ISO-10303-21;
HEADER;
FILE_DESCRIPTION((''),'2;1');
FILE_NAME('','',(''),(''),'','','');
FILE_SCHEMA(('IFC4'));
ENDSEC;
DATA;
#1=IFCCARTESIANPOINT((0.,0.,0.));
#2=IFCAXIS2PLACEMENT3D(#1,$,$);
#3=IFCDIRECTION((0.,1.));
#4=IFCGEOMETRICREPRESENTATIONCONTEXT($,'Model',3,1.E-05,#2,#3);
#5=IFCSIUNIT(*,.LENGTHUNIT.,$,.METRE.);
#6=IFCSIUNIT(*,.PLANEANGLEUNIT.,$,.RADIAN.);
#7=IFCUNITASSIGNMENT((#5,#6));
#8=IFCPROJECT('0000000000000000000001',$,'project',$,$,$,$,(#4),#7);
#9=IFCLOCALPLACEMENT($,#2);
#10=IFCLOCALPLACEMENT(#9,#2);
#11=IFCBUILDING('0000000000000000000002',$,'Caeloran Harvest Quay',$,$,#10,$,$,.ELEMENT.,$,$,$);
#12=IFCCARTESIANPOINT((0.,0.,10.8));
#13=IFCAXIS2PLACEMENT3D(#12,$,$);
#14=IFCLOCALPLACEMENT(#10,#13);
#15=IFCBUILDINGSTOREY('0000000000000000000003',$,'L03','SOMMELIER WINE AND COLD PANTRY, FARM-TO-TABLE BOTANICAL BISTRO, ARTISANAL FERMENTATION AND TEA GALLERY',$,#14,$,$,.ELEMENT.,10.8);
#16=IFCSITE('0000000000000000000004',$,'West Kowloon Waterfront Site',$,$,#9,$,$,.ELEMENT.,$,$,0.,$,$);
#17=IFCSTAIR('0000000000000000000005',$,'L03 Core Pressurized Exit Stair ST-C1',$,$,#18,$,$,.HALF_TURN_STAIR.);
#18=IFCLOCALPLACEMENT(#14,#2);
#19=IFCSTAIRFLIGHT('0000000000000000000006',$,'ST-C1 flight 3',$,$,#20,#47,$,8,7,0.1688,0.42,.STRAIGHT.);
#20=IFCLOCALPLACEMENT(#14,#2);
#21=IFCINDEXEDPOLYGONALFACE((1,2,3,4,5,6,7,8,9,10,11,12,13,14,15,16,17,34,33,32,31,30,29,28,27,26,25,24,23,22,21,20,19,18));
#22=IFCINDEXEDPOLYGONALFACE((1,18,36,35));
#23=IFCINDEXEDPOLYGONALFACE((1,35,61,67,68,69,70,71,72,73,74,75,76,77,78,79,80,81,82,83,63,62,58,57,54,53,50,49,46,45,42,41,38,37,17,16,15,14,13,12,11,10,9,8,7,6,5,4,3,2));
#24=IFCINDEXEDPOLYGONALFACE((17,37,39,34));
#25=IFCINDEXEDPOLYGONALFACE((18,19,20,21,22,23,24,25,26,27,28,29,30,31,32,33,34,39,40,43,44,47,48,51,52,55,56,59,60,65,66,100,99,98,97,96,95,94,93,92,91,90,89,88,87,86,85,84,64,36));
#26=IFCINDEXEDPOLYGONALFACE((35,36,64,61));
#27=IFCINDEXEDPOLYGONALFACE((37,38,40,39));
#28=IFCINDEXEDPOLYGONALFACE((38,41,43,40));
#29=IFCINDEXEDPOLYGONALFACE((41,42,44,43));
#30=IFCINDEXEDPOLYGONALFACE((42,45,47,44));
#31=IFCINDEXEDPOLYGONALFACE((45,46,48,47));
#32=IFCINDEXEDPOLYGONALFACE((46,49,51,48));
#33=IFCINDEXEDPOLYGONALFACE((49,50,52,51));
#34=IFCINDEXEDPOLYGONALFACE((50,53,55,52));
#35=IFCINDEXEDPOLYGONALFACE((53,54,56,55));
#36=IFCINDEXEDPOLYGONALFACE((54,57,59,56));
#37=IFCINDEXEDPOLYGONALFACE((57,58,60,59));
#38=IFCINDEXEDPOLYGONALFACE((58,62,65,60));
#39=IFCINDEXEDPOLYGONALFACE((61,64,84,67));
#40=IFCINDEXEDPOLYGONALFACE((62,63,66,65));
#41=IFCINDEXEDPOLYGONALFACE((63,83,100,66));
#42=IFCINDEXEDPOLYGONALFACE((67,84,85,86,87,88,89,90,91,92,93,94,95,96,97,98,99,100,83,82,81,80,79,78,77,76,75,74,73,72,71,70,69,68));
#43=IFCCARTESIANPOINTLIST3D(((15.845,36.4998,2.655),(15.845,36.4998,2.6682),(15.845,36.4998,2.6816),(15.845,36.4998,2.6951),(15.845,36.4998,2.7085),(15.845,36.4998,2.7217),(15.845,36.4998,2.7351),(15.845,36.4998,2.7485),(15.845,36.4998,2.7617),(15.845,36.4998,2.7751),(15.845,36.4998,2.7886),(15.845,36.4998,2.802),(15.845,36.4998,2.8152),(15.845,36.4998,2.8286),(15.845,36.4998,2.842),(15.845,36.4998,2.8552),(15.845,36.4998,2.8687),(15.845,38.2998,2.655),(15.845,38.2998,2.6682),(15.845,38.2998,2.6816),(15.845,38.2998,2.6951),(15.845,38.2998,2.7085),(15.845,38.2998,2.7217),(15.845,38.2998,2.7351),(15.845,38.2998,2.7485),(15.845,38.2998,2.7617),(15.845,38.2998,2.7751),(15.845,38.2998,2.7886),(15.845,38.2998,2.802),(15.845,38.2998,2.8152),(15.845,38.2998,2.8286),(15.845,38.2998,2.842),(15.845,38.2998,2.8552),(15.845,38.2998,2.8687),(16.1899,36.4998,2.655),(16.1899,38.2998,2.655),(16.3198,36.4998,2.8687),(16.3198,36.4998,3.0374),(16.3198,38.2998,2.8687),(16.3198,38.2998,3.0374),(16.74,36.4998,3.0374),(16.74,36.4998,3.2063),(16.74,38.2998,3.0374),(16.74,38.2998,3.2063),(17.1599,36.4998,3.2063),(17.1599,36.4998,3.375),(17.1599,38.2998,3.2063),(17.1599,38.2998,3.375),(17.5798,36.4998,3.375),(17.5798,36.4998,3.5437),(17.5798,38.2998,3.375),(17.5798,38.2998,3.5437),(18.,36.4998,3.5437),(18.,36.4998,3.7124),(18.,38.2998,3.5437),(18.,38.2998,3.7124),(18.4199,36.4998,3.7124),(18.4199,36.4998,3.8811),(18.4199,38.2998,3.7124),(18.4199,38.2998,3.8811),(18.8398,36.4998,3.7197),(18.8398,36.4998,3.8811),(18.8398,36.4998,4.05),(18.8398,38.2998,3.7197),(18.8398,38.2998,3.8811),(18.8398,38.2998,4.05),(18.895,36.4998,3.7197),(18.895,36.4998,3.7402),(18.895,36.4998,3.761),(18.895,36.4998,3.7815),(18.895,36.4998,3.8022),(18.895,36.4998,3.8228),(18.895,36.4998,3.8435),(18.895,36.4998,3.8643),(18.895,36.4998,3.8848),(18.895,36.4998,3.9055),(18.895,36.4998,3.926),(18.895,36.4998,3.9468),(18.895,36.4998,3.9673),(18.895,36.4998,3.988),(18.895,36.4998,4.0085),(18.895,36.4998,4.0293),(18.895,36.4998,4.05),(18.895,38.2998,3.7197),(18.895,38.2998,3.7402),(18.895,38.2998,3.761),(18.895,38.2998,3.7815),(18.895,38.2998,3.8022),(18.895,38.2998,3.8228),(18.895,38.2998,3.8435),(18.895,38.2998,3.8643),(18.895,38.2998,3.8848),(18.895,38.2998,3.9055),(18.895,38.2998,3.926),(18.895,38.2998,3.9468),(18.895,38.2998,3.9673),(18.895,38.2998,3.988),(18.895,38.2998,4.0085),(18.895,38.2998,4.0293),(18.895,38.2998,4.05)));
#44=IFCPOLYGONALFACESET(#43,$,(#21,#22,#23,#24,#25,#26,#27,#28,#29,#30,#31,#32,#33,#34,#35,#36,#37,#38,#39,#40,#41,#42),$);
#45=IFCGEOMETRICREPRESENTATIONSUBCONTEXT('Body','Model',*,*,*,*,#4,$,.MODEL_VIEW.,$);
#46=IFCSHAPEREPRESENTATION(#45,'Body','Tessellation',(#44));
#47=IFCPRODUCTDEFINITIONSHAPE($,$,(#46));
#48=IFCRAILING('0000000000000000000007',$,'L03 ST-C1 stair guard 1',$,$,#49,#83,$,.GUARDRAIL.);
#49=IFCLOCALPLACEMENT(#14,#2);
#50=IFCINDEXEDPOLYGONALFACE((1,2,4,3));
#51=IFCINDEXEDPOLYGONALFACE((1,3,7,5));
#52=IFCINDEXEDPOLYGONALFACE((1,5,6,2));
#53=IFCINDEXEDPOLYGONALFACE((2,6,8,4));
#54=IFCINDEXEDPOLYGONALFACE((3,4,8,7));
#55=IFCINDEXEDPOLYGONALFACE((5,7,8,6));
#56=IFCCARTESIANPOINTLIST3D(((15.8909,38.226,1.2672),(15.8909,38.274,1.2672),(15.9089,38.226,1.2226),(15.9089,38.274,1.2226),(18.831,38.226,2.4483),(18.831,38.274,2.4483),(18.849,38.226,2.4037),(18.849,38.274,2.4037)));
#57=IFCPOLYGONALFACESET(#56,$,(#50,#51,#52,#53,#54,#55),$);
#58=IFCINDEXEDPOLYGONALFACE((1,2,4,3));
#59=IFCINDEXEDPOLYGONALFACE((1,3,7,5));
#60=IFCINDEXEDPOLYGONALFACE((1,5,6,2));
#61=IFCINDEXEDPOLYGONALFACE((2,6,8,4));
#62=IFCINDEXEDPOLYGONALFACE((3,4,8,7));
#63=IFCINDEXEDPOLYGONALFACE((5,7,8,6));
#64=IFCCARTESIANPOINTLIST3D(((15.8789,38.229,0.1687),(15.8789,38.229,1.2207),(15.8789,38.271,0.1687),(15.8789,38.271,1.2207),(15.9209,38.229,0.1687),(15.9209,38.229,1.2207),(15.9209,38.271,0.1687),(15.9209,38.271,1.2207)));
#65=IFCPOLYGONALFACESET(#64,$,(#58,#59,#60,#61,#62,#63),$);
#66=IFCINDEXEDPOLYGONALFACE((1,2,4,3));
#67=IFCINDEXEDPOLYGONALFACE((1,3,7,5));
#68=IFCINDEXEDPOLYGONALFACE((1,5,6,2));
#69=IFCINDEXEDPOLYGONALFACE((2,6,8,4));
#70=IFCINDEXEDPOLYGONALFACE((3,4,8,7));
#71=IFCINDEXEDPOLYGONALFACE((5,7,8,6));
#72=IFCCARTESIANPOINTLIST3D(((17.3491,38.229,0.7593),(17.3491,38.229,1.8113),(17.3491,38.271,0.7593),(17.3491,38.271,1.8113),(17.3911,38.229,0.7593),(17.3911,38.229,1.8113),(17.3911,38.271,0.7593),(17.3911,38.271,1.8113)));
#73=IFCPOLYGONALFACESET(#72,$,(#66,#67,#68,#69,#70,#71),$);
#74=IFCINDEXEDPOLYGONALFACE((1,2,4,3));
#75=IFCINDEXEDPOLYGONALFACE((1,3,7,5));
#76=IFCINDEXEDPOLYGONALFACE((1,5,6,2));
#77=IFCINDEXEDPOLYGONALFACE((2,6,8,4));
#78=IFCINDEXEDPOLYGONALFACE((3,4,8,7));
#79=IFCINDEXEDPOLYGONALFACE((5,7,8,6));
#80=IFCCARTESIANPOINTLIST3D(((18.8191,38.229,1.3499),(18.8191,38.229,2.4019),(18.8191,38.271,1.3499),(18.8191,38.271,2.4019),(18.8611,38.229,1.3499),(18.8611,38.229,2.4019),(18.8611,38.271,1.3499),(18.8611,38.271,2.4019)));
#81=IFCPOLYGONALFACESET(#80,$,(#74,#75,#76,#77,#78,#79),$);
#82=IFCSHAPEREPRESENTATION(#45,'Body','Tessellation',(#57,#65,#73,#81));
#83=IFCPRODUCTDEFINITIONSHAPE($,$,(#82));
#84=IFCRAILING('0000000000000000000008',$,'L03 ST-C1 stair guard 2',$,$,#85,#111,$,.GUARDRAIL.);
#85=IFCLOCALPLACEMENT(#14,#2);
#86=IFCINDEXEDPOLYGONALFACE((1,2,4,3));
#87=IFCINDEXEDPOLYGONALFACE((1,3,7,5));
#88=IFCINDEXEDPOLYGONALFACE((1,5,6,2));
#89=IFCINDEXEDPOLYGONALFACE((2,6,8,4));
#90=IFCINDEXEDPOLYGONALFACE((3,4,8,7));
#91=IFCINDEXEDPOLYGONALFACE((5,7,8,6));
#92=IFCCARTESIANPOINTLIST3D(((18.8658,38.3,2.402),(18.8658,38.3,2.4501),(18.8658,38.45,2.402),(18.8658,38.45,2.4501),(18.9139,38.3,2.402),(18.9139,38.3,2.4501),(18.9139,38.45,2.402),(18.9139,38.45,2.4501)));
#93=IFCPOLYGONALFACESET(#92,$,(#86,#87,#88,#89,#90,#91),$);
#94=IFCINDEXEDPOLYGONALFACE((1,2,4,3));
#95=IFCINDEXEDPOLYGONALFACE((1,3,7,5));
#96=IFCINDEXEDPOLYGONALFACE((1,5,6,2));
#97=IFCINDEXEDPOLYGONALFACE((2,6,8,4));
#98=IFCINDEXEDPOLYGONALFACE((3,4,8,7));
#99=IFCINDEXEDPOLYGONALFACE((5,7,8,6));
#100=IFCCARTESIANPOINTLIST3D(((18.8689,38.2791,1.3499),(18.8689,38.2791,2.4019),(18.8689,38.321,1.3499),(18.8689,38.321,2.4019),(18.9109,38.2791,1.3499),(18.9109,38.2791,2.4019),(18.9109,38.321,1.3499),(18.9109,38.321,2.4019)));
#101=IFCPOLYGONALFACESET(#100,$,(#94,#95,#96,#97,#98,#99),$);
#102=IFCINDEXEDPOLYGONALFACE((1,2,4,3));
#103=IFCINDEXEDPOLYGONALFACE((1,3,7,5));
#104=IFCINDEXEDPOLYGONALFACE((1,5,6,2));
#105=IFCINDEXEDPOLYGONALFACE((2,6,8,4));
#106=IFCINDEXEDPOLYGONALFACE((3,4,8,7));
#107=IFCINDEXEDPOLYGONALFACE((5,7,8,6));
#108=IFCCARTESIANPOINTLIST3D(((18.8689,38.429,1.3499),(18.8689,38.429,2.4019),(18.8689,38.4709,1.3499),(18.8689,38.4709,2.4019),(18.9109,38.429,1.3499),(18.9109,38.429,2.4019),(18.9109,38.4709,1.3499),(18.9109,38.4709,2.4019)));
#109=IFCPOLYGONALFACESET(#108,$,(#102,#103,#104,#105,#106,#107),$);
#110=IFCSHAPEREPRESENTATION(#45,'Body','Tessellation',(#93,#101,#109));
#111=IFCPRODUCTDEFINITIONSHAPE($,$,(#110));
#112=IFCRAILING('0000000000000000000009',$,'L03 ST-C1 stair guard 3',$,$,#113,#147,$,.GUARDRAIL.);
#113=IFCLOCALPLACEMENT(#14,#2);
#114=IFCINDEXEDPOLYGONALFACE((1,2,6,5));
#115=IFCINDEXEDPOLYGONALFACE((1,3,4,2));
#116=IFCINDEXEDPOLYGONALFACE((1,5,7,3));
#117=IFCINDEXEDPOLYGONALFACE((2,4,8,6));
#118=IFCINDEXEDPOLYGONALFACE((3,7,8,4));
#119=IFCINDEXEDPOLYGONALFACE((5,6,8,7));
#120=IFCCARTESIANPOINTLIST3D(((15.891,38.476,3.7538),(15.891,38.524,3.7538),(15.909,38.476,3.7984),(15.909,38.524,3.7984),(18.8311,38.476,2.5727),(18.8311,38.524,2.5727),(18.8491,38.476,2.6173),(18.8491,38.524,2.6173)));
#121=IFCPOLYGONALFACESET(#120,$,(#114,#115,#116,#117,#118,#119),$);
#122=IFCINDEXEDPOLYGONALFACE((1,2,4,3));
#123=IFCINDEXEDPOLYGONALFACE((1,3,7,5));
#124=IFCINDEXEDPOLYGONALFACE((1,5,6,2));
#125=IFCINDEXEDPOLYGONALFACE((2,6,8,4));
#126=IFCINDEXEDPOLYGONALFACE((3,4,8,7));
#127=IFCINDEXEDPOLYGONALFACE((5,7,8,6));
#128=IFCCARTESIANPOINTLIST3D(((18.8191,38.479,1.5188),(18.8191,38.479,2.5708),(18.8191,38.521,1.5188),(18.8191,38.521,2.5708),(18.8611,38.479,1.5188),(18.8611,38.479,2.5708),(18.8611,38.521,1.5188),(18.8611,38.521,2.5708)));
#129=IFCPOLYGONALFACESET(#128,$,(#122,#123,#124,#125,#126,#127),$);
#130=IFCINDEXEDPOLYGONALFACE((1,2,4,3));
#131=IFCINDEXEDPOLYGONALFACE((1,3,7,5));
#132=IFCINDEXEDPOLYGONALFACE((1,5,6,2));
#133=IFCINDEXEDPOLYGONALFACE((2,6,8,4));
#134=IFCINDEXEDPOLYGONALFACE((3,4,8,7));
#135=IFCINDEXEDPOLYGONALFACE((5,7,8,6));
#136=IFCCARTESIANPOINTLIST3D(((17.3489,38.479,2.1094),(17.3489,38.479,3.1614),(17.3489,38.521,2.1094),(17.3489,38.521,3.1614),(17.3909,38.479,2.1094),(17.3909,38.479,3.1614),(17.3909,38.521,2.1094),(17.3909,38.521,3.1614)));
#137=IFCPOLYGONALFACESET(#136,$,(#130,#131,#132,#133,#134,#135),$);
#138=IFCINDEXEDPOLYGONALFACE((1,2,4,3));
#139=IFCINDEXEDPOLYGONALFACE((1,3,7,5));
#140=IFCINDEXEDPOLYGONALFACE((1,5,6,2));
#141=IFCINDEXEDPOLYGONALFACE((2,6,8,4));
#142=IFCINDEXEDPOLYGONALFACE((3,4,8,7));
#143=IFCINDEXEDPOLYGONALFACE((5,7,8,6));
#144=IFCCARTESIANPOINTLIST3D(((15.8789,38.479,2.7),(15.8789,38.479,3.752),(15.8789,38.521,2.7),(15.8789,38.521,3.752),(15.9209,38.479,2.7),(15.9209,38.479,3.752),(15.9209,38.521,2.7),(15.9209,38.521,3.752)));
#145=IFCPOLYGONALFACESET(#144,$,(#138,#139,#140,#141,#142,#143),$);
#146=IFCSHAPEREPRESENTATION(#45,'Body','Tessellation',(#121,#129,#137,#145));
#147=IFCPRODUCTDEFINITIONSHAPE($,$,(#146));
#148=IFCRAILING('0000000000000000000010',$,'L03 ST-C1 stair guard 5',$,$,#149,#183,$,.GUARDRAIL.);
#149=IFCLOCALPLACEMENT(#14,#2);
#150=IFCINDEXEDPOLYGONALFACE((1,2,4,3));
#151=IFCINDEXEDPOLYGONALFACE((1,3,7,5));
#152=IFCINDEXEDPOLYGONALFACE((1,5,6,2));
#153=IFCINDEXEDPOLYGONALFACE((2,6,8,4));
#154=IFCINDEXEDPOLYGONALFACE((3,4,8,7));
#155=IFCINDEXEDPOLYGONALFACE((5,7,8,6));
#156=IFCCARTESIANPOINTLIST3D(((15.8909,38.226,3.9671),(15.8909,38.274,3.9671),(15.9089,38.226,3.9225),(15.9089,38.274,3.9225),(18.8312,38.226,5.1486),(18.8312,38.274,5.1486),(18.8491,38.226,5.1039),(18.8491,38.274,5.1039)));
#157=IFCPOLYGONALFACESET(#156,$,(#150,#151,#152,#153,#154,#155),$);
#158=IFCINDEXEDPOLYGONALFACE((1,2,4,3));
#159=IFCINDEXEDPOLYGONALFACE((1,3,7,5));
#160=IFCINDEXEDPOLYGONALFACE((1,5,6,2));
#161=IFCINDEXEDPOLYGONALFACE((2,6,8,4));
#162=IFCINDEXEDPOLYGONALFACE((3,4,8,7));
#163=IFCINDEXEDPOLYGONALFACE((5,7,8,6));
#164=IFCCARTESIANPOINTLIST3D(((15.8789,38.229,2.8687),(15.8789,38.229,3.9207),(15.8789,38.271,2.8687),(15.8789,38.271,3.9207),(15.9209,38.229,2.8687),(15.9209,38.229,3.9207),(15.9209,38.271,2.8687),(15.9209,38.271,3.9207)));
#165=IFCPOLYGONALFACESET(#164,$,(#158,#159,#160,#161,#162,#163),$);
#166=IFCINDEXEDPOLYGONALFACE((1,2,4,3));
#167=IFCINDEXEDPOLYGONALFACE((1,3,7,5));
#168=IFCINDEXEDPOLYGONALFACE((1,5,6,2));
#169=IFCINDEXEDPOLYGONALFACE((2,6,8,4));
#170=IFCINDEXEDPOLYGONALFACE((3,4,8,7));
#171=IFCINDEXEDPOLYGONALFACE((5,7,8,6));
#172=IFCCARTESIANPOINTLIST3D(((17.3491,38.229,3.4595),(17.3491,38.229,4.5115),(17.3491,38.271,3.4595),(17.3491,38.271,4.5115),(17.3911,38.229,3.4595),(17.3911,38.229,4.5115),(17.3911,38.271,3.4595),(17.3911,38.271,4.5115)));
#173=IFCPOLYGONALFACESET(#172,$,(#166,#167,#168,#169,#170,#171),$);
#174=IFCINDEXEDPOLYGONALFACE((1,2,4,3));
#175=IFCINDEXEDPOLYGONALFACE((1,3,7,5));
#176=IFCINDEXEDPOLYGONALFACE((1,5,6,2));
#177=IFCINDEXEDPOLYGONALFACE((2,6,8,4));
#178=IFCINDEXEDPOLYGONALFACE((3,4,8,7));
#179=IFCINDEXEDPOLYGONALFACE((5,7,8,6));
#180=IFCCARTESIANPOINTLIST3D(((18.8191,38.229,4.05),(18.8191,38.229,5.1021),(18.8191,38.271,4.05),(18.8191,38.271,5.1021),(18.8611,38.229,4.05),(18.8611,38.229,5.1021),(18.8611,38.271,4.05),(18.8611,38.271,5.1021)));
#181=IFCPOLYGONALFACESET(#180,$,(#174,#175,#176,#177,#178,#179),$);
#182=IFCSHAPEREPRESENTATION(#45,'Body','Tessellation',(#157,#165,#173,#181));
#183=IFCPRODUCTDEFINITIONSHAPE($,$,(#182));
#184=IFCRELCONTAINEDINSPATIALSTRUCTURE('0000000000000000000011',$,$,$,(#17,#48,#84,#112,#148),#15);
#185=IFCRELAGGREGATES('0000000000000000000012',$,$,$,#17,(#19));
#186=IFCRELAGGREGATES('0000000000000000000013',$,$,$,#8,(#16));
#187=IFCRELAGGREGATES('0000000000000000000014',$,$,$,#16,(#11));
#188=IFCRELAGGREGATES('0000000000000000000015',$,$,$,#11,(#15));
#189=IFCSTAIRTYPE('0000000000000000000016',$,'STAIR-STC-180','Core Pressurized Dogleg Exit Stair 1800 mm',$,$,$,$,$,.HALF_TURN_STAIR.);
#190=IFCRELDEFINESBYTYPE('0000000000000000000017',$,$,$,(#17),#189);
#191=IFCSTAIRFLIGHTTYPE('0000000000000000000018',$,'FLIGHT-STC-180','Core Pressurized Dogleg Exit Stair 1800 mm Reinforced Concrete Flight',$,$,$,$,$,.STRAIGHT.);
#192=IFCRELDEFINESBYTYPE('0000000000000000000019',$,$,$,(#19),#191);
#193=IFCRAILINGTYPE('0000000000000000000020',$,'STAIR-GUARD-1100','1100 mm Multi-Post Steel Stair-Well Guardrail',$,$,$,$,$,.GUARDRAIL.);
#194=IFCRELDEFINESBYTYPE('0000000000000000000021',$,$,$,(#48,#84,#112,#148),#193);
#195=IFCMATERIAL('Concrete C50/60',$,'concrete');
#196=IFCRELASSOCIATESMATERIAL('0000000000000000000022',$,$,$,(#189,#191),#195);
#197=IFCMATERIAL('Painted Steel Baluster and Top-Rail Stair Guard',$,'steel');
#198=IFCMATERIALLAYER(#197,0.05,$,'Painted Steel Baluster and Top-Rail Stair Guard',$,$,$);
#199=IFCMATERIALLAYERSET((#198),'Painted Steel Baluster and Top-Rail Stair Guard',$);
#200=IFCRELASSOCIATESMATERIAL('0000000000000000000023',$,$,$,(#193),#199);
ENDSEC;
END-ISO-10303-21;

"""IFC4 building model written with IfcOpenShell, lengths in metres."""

from ifc_helpers import new_model, si_unit, direction, frame, origin, origin_2d, place, context, subcontext, project, spatial, polyline, rectangle, outline, extrude, material, layer, layer_set, type_object, element, aggregate, save


model = new_model("IFC4")

# Units and contexts
model_context = context("Model", 3, precision=1e-05, world=origin(), true_north=direction((0.0, 1.0)))
body_context = subcontext(model_context, "Body", "Model", "MODEL_VIEW")
ifc_project = project(units=[si_unit("LENGTHUNIT", "METRE"), si_unit("PLANEANGLEUNIT", "RADIAN")], contexts=[model_context])

# Site, building, storey
site_placement = place(None, origin())
site = spatial("IfcSite", under=ifc_project, at=site_placement, Name="West Kowloon Waterfront Site", CompositionType="ELEMENT", RefElevation=0.0)
building_placement = place(site_placement, origin())
building = spatial("IfcBuilding", under=site, at=building_placement, Name="Caeloran Harvest Quay", CompositionType="ELEMENT")
storey_placement = place(building_placement, frame((0.0, 0.0, 10.8)))
storey = spatial("IfcBuildingStorey", under=building, at=storey_placement, Name="L03", Description="SOMMELIER WINE AND COLD PANTRY, FARM-TO-TABLE BOTANICAL BISTRO, ARTISANAL FERMENTATION AND TEA GALLERY", CompositionType="ELEMENT", Elevation=10.8)

# Shared definitions
ifc_material_1 = material(Name="Concrete C50/60", Category="concrete")

# Stair, stair flight
stair_type = type_object("IfcStairType", Name="STAIR-STC-180", Description="Core Pressurized Dogleg Exit Stair 1800 mm", PredefinedType="HALF_TURN_STAIR", material=ifc_material_1)
stair_1_placement = place(storey_placement, origin())
stair_1 = element("IfcStair", 1, at=stair_1_placement, inside=storey, type_object=stair_type, Name="L03 Core Pressurized Exit Stair ST-C1", PredefinedType="HALF_TURN_STAIR")
stair_flight_type = type_object("IfcStairFlightType", Name="FLIGHT-STC-180", Description="Core Pressurized Dogleg Exit Stair 1800 mm Reinforced Concrete Flight", PredefinedType="STRAIGHT", material=ifc_material_1)
stair_flight_1_placement = place(storey_placement, frame((15.8999, 37.3999, 2.7), z_axis=(0.0, 0.0, 1.0), x_axis=(1.0, 0.0, 0.0)))
stair_flight_1 = element("IfcStairFlight", 2, at=stair_flight_1_placement, type_object=stair_flight_type, Name="ST-C1 flight 3", NumberOfRisers=8, NumberOfTreads=7, PredefinedType="STRAIGHT", RiserHeight=0.1688, TreadLength=0.42, context=body_context, shape_type="SweptSolid", body=[
    extrude(outline(polyline([(-0.0549, -0.0449), (-0.0549, -0.0317), (-0.0549, -0.0183), (-0.0549, -0.0049), (-0.0549, 0.0085), (-0.0549, 0.0217), (-0.0549, 0.0352), (-0.0549, 0.0486), (-0.0549, 0.0618), (-0.0549, 0.0752), (-0.0549, 0.0886), (-0.0549, 0.1021), (-0.0549, 0.1152), (-0.0549, 0.1287), (-0.0549, 0.1421), (-0.0549, 0.1553), (-0.0549, 0.1687), (0.4199, 0.1687), (0.4199, 0.3374), (0.8401, 0.3374), (0.8401, 0.5063), (1.26, 0.5063), (1.26, 0.675), (1.6799, 0.675), (1.6799, 0.8438), (2.1001, 0.8438), (2.1001, 1.0125), (2.52, 1.0125), (2.52, 1.1812), (2.9399, 1.1812), (2.9399, 1.3501), (2.9951, 1.3501), (2.9951, 1.3293), (2.9951, 1.3086), (2.9951, 1.2881), (2.9951, 1.2673), (2.9951, 1.2468), (2.9951, 1.2261), (2.9951, 1.2056), (2.9951, 1.1848), (2.9951, 1.1643), (2.9951, 1.1436), (2.9951, 1.1228), (2.9951, 1.1023), (2.9951, 1.0815), (2.9951, 1.061), (2.9951, 1.0403), (2.9951, 1.0198), (2.9399, 1.0198), (0.29, -0.0449), (-0.0549, -0.0449)])), frame((0.0, 0.8999, 0.0), z_axis=(0.0, -1.0, 0.0), x_axis=(1.0, 0.0, 0.0)), (0.0, 0.0, 1.0), 1.8),
])
aggregate(stair_1, [stair_flight_1])

# Railings
ifc_material_2 = material(Name="Painted Steel Baluster and Top-Rail Stair Guard", Category="steel")
ifc_layer_1 = layer(ifc_material_2, 0.05, Name="Painted Steel Baluster and Top-Rail Stair Guard")
ifc_layer_set_1 = layer_set([ifc_layer_1], Name="Painted Steel Baluster and Top-Rail Stair Guard")
railing_type_1 = type_object("IfcRailingType", Name="STAIR-GUARD-1100", Description="1100 mm Multi-Post Steel Stair-Well Guardrail", PredefinedType="GUARDRAIL", material=ifc_layer_set_1)
railing_1_placement = place(storey_placement, frame((15.8999, 38.25, 0.1687)))
element("IfcRailing", 3, at=railing_1_placement, inside=storey, type_object=railing_type_1, Name="L03 ST-C1 stair guard 1", PredefinedType="GUARDRAIL", context=body_context, shape_type="SweptSolid", body=[
    extrude(rectangle(XDim=0.0481, YDim=0.0481, at=origin_2d()), frame((0.0, 0.0, 1.0762), z_axis=(0.927923, 0.0, 0.372772), x_axis=(0.0, 1.0, 0.0)), (0.0, 0.0, 1.0), 3.1685),
    extrude(rectangle(XDim=0.042, YDim=0.042, at=origin_2d()), origin(), (0.0, 0.0, 1.0), 1.052),
    extrude(rectangle(XDim=0.042, YDim=0.042, at=origin_2d()), frame((1.4702, 0.0, 0.5906)), (0.0, 0.0, 1.0), 1.052),
    extrude(rectangle(XDim=0.042, YDim=0.042, at=origin_2d()), frame((2.9402, 0.0, 1.1812)), (0.0, 0.0, 1.0), 1.052),
])
railing_2_placement = place(storey_placement, frame((18.8899, 38.3, 1.3499)))
element("IfcRailing", 4, at=railing_2_placement, inside=storey, type_object=railing_type_1, Name="L03 ST-C1 stair guard 2", PredefinedType="GUARDRAIL", context=body_context, shape_type="SweptSolid", body=[
    extrude(rectangle(XDim=0.0481, YDim=0.0481, at=origin_2d()), frame((0.0, 0.0, 1.0762), z_axis=(0.0, 1.0, 0.0), x_axis=(-1.0, 0.0, 0.0)), (0.0, 0.0, 1.0), 0.1499),
    extrude(rectangle(XDim=0.042, YDim=0.042, at=origin_2d()), origin(), (0.0, 0.0, 1.0), 1.052),
    extrude(rectangle(XDim=0.042, YDim=0.042, at=origin_2d()), frame((0.0, 0.1499, 0.0)), (0.0, 0.0, 1.0), 1.052),
])
railing_3_placement = place(storey_placement, frame((18.8401, 38.5, 1.5188)))
element("IfcRailing", 5, at=railing_3_placement, inside=storey, type_object=railing_type_1, Name="L03 ST-C1 stair guard 3", PredefinedType="GUARDRAIL", context=body_context, shape_type="SweptSolid", body=[
    extrude(rectangle(XDim=0.0481, YDim=0.0481, at=origin_2d()), frame((0.0, 0.0, 1.0762), z_axis=(-0.927923, 0.0, 0.372772), x_axis=(0.0, -1.0, 0.0)), (0.0, 0.0, 1.0), 3.1685),
    extrude(rectangle(XDim=0.042, YDim=0.042, at=origin_2d()), origin(), (0.0, 0.0, 1.0), 1.052),
    extrude(rectangle(XDim=0.042, YDim=0.042, at=origin_2d()), frame((-1.4702, 0.0, 0.5906)), (0.0, 0.0, 1.0), 1.052),
    extrude(rectangle(XDim=0.042, YDim=0.042, at=origin_2d()), frame((-2.9402, 0.0, 1.1812)), (0.0, 0.0, 1.0), 1.052),
])
railing_4_placement = place(storey_placement, frame((15.8999, 38.25, 2.8687)))
element("IfcRailing", 6, at=railing_4_placement, inside=storey, type_object=railing_type_1, Name="L03 ST-C1 stair guard 5", PredefinedType="GUARDRAIL", context=body_context, shape_type="SweptSolid", body=[
    extrude(rectangle(XDim=0.0481, YDim=0.0481, at=origin_2d()), frame((0.0, 0.0, 1.0762), z_axis=(0.927896, 0.0, 0.372838), x_axis=(0.0, 1.0, 0.0)), (0.0, 0.0, 1.0), 3.1687),
    extrude(rectangle(XDim=0.042, YDim=0.042, at=origin_2d()), origin(), (0.0, 0.0, 1.0), 1.052),
    extrude(rectangle(XDim=0.042, YDim=0.042, at=origin_2d()), frame((1.4702, 0.0, 0.5908)), (0.0, 0.0, 1.0), 1.052),
    extrude(rectangle(XDim=0.042, YDim=0.042, at=origin_2d()), frame((2.9402, 0.0, 1.1814)), (0.0, 0.0, 1.0), 1.052),
])

save(model, "model.ifc")
